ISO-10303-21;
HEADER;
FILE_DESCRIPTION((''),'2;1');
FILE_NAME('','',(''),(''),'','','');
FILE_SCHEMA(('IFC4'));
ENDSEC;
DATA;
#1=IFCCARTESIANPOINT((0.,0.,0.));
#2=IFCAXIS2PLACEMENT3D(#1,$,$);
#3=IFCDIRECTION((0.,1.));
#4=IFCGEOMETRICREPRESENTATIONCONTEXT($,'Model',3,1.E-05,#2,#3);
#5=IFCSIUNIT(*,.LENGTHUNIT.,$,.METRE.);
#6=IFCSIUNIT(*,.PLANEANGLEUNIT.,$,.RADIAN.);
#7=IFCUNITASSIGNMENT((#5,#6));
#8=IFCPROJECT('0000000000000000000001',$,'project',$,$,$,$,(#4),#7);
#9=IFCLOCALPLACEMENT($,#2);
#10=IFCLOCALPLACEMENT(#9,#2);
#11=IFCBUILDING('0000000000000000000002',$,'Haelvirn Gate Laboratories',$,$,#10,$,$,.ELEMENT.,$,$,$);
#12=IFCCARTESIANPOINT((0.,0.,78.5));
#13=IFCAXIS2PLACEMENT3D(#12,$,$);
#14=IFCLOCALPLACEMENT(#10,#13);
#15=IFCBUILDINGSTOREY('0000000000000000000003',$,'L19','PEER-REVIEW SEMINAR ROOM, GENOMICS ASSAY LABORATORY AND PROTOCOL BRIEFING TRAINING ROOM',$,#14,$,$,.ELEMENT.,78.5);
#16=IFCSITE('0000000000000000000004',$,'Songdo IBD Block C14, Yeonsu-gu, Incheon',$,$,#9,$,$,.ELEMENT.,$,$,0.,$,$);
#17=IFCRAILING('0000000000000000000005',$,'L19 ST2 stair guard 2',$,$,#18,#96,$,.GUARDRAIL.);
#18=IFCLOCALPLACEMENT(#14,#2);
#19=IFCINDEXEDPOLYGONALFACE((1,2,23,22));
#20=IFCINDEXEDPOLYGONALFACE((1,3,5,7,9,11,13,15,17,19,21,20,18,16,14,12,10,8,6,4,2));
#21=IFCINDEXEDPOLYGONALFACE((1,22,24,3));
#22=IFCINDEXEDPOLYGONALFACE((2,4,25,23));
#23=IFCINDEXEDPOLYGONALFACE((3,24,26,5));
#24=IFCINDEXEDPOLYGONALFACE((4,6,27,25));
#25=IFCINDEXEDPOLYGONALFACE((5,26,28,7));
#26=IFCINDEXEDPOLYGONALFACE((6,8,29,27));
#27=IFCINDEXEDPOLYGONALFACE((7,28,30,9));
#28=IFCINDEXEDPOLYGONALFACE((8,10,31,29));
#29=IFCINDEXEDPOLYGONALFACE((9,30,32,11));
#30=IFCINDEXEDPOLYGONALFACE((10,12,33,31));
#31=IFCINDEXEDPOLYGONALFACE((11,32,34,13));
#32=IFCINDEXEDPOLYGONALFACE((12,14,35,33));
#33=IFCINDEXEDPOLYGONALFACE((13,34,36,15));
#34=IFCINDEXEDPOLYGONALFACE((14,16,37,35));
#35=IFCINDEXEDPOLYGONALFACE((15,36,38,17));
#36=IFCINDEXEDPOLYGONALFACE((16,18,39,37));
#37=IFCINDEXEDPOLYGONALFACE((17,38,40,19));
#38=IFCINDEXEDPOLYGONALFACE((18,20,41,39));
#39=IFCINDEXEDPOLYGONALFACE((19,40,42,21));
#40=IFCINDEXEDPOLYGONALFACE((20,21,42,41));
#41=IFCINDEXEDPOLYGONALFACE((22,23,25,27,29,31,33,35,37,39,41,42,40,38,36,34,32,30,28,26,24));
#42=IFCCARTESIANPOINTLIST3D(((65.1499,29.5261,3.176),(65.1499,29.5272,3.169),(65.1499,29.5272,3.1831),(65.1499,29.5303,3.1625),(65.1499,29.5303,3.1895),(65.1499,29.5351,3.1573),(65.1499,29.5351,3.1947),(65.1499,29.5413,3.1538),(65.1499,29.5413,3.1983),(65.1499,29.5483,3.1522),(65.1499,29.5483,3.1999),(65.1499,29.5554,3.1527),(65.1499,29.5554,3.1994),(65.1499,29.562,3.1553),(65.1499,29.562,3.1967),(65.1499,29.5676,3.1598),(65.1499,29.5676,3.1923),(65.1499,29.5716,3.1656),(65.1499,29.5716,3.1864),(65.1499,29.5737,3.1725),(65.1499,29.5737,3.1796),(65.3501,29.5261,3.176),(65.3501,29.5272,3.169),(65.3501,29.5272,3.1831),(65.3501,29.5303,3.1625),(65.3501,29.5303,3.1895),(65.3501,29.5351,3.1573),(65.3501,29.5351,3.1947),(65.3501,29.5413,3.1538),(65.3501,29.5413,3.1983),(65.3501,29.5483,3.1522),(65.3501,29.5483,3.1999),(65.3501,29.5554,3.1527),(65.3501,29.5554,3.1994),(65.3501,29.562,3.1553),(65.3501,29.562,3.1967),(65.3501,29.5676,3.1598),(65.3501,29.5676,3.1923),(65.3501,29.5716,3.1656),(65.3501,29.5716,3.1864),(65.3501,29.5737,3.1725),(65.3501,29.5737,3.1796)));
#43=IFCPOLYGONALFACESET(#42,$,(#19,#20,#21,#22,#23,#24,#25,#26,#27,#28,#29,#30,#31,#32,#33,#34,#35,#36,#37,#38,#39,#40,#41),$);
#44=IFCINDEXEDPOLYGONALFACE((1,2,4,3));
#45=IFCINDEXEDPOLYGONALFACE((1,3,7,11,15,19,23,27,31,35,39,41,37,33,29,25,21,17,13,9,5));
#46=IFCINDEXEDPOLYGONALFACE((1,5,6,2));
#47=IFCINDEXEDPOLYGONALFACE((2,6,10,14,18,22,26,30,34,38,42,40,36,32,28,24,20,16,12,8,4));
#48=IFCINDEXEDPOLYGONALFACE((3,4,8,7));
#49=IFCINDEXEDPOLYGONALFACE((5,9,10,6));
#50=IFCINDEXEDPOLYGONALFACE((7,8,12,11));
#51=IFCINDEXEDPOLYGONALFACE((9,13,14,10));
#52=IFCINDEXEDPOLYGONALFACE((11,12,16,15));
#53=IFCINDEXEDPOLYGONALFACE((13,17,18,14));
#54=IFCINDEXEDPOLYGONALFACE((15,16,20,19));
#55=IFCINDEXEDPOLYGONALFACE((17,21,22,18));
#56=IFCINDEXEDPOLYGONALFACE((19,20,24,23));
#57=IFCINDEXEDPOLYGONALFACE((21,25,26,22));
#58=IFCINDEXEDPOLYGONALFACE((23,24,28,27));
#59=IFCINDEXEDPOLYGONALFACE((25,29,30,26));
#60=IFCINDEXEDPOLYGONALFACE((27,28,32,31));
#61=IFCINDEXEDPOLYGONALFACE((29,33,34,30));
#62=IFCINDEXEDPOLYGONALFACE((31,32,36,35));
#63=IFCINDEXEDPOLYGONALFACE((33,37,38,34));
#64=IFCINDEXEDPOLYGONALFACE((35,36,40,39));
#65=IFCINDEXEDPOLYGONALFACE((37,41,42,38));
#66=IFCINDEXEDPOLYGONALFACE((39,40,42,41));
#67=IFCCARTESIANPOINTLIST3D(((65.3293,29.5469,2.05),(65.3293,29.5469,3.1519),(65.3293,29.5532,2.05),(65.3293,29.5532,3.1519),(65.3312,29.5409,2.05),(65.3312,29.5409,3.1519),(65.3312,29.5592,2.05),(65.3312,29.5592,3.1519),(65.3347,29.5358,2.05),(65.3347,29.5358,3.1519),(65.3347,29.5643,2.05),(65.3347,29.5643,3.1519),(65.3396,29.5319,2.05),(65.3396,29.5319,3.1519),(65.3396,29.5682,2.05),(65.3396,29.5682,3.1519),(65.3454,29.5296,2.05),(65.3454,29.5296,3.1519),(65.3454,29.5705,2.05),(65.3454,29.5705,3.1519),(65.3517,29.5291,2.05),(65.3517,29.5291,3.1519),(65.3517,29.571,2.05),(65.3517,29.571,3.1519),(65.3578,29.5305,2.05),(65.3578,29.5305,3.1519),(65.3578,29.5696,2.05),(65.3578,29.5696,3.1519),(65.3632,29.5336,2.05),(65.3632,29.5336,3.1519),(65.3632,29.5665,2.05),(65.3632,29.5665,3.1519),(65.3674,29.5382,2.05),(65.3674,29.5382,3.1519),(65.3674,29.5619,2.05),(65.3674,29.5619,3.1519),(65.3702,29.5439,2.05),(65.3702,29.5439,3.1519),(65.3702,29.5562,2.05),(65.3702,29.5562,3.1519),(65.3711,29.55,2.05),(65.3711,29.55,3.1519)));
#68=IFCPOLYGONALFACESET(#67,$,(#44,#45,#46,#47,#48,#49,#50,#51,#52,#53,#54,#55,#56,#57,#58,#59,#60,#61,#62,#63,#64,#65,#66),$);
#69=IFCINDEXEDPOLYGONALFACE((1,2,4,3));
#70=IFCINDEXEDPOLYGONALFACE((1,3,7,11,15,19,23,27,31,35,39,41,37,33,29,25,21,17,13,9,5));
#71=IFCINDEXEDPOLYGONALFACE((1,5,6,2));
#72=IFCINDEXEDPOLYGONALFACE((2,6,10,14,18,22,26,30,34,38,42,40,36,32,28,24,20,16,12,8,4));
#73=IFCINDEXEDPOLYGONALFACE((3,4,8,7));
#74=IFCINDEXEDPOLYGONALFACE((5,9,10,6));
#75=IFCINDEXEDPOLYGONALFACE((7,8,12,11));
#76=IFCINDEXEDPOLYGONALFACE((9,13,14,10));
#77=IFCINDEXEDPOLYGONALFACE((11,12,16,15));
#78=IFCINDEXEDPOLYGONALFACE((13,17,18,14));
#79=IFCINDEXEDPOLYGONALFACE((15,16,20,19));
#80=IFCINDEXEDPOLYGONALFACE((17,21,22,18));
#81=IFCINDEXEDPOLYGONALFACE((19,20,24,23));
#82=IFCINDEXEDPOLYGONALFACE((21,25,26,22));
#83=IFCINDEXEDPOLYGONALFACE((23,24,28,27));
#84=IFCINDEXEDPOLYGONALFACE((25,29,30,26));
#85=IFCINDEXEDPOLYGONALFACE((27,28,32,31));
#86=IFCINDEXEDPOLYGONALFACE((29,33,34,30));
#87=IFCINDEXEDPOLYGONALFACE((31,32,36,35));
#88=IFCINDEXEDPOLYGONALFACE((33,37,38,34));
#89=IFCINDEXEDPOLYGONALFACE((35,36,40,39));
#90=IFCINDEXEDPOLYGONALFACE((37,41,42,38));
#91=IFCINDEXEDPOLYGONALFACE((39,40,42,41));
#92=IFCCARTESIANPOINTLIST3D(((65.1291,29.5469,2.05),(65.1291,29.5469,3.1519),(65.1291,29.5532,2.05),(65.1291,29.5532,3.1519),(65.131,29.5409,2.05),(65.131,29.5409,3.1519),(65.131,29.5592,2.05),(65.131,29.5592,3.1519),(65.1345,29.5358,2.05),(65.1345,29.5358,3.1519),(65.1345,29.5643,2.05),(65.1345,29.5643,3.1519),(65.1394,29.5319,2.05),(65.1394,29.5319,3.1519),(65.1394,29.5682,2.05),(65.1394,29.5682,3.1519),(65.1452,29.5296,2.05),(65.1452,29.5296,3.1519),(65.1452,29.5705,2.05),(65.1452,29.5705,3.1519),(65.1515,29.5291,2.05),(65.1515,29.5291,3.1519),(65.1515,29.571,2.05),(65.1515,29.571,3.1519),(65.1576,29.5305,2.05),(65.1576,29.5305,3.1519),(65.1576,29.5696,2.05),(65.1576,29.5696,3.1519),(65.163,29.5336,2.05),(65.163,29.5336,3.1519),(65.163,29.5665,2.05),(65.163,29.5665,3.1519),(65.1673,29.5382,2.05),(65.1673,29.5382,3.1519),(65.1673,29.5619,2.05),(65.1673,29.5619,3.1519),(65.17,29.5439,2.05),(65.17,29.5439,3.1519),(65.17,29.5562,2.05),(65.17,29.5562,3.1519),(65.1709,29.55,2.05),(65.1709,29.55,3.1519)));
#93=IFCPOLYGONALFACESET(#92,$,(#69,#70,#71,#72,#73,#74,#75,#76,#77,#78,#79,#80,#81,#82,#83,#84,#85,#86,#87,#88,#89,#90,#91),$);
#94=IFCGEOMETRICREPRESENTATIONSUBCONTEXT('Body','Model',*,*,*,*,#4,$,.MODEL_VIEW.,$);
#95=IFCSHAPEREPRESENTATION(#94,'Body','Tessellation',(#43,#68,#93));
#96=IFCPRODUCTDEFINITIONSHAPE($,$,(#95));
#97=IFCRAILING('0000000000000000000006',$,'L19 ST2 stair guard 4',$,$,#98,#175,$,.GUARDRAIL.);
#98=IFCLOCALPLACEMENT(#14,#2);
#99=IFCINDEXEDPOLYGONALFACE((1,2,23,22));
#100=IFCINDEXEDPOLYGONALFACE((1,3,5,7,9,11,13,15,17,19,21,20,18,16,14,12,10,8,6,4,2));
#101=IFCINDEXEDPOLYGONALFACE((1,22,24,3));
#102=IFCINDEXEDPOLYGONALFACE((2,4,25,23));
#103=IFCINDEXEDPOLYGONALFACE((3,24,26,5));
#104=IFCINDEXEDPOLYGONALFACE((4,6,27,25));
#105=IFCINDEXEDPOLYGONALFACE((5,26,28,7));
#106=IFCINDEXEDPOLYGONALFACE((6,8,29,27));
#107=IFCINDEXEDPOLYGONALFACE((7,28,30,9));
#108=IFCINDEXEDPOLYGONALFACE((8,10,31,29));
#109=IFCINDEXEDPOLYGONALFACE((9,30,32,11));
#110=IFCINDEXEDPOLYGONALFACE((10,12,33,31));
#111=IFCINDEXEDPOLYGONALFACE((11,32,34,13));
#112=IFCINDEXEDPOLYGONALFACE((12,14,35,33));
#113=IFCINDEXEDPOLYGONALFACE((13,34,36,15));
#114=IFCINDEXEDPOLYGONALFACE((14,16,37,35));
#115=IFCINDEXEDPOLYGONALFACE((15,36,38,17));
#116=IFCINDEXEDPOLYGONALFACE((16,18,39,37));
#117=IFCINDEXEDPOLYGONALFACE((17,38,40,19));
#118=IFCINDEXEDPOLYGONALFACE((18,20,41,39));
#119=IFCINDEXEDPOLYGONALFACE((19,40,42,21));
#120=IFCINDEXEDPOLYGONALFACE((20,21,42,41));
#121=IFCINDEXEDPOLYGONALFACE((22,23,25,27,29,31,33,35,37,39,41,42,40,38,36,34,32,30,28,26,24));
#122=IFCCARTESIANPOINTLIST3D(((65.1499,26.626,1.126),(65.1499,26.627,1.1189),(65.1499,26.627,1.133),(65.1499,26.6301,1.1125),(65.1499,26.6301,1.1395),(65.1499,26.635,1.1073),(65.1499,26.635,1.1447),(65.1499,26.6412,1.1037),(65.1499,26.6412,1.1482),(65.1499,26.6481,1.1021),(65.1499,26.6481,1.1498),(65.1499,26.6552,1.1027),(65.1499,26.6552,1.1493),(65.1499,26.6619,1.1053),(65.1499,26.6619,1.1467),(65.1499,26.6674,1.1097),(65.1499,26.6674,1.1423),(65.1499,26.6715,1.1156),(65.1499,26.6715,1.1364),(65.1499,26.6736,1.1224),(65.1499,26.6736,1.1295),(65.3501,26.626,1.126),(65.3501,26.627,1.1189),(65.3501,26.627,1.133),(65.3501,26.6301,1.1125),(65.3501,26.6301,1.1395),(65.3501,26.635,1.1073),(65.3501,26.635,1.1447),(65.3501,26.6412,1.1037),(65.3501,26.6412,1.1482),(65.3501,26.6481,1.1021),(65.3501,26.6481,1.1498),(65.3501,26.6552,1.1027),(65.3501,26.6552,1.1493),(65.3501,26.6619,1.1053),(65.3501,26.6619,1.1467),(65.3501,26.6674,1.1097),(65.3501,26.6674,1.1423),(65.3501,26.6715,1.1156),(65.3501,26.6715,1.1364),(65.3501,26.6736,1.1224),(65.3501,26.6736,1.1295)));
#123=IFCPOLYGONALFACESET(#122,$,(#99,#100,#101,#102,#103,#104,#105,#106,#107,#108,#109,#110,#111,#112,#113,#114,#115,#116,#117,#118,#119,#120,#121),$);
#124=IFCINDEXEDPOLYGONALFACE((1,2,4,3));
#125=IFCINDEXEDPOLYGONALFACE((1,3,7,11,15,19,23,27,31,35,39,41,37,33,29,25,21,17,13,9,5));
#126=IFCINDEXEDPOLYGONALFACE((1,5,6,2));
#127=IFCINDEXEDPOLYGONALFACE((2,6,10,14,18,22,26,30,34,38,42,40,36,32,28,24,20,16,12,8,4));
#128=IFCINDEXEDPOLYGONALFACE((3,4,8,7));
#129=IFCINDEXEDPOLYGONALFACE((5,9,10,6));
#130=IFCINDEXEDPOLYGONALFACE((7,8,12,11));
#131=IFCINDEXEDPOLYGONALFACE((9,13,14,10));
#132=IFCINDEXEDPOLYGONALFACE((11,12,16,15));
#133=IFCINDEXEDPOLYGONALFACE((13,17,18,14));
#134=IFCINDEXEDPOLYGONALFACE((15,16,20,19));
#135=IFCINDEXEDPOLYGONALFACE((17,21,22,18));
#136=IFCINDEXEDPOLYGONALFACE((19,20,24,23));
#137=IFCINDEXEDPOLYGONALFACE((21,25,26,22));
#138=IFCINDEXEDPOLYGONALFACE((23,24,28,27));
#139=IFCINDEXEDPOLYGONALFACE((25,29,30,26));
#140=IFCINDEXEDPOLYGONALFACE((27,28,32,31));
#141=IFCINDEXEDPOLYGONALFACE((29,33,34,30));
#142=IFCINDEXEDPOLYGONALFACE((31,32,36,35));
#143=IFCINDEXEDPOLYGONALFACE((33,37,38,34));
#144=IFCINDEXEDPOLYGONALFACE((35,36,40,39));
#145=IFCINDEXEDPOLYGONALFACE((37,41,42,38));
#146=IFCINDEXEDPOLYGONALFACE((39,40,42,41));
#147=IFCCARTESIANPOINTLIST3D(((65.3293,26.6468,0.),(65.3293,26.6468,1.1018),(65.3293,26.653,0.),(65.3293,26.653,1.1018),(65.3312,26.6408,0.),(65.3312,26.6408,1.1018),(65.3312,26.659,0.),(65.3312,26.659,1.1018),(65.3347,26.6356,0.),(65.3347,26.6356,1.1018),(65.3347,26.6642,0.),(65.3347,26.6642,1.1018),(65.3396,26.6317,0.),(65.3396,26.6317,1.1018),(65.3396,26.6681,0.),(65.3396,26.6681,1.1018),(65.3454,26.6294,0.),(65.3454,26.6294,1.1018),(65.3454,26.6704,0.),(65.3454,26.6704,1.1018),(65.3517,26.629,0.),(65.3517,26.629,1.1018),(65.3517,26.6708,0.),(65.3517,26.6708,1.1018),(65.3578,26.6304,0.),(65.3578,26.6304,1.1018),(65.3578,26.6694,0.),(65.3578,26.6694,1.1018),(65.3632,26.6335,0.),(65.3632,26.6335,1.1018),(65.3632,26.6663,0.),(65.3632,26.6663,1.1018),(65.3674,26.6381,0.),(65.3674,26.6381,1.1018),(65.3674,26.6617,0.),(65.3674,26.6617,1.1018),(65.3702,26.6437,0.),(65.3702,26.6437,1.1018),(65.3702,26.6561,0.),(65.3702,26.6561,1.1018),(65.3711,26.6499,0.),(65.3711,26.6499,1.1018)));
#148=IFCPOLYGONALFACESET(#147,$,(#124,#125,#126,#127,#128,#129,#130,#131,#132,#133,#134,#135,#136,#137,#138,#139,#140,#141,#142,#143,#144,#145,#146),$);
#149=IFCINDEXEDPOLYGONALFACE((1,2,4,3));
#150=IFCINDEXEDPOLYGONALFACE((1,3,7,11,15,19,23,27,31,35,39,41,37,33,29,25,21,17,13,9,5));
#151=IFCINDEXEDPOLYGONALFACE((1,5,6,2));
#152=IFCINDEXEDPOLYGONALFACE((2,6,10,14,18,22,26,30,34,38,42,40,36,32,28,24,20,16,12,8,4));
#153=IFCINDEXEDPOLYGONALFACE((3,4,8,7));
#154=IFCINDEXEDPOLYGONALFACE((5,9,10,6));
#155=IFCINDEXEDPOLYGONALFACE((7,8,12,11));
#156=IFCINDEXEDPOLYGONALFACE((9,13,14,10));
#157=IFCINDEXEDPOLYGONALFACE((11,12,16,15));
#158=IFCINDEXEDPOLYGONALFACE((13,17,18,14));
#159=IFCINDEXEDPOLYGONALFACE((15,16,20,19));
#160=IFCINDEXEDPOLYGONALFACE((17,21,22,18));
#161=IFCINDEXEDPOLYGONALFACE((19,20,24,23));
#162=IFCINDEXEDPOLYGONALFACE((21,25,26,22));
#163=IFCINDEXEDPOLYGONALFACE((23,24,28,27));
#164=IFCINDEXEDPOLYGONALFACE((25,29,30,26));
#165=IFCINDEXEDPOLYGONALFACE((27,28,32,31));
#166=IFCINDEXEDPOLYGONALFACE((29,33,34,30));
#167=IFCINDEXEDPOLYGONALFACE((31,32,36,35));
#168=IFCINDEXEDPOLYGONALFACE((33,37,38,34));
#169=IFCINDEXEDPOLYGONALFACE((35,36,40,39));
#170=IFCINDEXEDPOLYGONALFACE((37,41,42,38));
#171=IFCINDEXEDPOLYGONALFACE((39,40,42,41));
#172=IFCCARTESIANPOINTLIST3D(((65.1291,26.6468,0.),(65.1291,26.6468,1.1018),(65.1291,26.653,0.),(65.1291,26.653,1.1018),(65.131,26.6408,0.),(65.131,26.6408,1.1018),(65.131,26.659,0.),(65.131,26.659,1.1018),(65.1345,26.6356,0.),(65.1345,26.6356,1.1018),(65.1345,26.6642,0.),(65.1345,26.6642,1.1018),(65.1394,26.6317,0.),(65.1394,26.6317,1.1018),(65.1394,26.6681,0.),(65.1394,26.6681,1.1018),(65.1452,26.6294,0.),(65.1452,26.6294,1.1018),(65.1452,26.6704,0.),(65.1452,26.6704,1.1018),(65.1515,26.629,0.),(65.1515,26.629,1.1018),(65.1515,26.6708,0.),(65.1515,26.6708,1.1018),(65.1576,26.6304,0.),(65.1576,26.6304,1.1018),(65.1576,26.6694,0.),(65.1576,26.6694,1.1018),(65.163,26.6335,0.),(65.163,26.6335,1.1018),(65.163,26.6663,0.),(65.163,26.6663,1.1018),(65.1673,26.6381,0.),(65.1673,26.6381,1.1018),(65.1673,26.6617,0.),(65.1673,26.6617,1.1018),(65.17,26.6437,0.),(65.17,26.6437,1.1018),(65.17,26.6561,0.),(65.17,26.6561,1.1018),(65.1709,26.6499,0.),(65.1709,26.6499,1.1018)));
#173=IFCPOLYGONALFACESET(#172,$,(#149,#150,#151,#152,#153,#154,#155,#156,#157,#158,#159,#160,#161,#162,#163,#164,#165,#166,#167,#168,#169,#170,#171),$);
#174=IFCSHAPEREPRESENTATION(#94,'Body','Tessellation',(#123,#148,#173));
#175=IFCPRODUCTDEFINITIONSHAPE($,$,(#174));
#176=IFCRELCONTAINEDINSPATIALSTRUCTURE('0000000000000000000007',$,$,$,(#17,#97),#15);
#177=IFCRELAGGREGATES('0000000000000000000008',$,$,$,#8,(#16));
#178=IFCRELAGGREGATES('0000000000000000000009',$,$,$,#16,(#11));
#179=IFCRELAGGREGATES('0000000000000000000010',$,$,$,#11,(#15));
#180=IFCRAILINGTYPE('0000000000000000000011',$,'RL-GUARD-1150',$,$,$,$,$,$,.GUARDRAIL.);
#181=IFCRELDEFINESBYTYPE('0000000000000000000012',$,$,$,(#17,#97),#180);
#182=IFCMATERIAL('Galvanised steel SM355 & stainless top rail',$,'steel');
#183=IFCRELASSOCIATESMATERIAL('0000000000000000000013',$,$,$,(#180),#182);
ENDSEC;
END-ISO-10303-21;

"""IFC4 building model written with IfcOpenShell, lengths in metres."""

from ifc_helpers import new_model, si_unit, direction, frame, origin, origin_2d, place, context, subcontext, project, spatial, circle, extrude, source, transform, mapped, material, type_object, element, save


model = new_model("IFC4")

# Units and contexts
model_context = context("Model", 3, precision=1e-05, world=origin(), true_north=direction((0.0, 1.0)))
body_context = subcontext(model_context, "Body", "Model", "MODEL_VIEW")
ifc_project = project(units=[si_unit("LENGTHUNIT", "METRE"), si_unit("PLANEANGLEUNIT", "RADIAN")], contexts=[model_context])

# Site, building, storey
site_placement = place(None, origin())
site = spatial("IfcSite", under=ifc_project, at=site_placement, Name="Songdo IBD Block C14, Yeonsu-gu, Incheon", CompositionType="ELEMENT", RefElevation=0.0)
building_placement = place(site_placement, origin())
building = spatial("IfcBuilding", under=site, at=building_placement, Name="Haelvirn Gate Laboratories", CompositionType="ELEMENT")
storey_placement = place(building_placement, frame((0.0, 0.0, 78.5)))
storey = spatial("IfcBuildingStorey", under=building, at=storey_placement, Name="L19", Description="PEER-REVIEW SEMINAR ROOM, GENOMICS ASSAY LABORATORY AND PROTOCOL BRIEFING TRAINING ROOM", CompositionType="ELEMENT", Elevation=78.5)

# Railings
ifc_material_1 = material(Name="Galvanised steel SM355 & stainless top rail", Category="steel")
railing_type_1 = type_object("IfcRailingType", Name="RL-GUARD-1150", PredefinedType="GUARDRAIL", material=ifc_material_1)
shared_shape_1 = source(origin(), body_context, "Body", "SweptSolid", [
    extrude(circle(Radius=0.0239, at=origin_2d()), frame((0.0, 0.0, 1.126), z_axis=(-1.0, 0.0, 0.0), x_axis=(0.0, -1.0, 0.0)), (0.0, 0.0, 1.0), 0.2002),
    extrude(circle(Radius=0.021, at=origin_2d()), origin(), (0.0, 0.0, 1.0), 1.1018),
    extrude(circle(Radius=0.021, at=origin_2d()), frame((-0.2002, 0.0, 0.0)), (0.0, 0.0, 1.0), 1.1018),
])
for number, where, name in (
    (1, (65.3501, 29.55, 2.05), "L19 ST2 stair guard 2"),
    (2, (65.3501, 26.6499, 0.0), "L19 ST2 stair guard 4"),
):
    element("IfcRailing", number, at=place(storey_placement, frame(where)), inside=storey, type_object=railing_type_1, Name=name, PredefinedType="GUARDRAIL", context=body_context, shape_type="MappedRepresentation", body=[
        mapped(shared_shape_1, transform((0.0, 0.0, 0.0), scale=1.0)),
    ])

save(model, "model.ifc")
